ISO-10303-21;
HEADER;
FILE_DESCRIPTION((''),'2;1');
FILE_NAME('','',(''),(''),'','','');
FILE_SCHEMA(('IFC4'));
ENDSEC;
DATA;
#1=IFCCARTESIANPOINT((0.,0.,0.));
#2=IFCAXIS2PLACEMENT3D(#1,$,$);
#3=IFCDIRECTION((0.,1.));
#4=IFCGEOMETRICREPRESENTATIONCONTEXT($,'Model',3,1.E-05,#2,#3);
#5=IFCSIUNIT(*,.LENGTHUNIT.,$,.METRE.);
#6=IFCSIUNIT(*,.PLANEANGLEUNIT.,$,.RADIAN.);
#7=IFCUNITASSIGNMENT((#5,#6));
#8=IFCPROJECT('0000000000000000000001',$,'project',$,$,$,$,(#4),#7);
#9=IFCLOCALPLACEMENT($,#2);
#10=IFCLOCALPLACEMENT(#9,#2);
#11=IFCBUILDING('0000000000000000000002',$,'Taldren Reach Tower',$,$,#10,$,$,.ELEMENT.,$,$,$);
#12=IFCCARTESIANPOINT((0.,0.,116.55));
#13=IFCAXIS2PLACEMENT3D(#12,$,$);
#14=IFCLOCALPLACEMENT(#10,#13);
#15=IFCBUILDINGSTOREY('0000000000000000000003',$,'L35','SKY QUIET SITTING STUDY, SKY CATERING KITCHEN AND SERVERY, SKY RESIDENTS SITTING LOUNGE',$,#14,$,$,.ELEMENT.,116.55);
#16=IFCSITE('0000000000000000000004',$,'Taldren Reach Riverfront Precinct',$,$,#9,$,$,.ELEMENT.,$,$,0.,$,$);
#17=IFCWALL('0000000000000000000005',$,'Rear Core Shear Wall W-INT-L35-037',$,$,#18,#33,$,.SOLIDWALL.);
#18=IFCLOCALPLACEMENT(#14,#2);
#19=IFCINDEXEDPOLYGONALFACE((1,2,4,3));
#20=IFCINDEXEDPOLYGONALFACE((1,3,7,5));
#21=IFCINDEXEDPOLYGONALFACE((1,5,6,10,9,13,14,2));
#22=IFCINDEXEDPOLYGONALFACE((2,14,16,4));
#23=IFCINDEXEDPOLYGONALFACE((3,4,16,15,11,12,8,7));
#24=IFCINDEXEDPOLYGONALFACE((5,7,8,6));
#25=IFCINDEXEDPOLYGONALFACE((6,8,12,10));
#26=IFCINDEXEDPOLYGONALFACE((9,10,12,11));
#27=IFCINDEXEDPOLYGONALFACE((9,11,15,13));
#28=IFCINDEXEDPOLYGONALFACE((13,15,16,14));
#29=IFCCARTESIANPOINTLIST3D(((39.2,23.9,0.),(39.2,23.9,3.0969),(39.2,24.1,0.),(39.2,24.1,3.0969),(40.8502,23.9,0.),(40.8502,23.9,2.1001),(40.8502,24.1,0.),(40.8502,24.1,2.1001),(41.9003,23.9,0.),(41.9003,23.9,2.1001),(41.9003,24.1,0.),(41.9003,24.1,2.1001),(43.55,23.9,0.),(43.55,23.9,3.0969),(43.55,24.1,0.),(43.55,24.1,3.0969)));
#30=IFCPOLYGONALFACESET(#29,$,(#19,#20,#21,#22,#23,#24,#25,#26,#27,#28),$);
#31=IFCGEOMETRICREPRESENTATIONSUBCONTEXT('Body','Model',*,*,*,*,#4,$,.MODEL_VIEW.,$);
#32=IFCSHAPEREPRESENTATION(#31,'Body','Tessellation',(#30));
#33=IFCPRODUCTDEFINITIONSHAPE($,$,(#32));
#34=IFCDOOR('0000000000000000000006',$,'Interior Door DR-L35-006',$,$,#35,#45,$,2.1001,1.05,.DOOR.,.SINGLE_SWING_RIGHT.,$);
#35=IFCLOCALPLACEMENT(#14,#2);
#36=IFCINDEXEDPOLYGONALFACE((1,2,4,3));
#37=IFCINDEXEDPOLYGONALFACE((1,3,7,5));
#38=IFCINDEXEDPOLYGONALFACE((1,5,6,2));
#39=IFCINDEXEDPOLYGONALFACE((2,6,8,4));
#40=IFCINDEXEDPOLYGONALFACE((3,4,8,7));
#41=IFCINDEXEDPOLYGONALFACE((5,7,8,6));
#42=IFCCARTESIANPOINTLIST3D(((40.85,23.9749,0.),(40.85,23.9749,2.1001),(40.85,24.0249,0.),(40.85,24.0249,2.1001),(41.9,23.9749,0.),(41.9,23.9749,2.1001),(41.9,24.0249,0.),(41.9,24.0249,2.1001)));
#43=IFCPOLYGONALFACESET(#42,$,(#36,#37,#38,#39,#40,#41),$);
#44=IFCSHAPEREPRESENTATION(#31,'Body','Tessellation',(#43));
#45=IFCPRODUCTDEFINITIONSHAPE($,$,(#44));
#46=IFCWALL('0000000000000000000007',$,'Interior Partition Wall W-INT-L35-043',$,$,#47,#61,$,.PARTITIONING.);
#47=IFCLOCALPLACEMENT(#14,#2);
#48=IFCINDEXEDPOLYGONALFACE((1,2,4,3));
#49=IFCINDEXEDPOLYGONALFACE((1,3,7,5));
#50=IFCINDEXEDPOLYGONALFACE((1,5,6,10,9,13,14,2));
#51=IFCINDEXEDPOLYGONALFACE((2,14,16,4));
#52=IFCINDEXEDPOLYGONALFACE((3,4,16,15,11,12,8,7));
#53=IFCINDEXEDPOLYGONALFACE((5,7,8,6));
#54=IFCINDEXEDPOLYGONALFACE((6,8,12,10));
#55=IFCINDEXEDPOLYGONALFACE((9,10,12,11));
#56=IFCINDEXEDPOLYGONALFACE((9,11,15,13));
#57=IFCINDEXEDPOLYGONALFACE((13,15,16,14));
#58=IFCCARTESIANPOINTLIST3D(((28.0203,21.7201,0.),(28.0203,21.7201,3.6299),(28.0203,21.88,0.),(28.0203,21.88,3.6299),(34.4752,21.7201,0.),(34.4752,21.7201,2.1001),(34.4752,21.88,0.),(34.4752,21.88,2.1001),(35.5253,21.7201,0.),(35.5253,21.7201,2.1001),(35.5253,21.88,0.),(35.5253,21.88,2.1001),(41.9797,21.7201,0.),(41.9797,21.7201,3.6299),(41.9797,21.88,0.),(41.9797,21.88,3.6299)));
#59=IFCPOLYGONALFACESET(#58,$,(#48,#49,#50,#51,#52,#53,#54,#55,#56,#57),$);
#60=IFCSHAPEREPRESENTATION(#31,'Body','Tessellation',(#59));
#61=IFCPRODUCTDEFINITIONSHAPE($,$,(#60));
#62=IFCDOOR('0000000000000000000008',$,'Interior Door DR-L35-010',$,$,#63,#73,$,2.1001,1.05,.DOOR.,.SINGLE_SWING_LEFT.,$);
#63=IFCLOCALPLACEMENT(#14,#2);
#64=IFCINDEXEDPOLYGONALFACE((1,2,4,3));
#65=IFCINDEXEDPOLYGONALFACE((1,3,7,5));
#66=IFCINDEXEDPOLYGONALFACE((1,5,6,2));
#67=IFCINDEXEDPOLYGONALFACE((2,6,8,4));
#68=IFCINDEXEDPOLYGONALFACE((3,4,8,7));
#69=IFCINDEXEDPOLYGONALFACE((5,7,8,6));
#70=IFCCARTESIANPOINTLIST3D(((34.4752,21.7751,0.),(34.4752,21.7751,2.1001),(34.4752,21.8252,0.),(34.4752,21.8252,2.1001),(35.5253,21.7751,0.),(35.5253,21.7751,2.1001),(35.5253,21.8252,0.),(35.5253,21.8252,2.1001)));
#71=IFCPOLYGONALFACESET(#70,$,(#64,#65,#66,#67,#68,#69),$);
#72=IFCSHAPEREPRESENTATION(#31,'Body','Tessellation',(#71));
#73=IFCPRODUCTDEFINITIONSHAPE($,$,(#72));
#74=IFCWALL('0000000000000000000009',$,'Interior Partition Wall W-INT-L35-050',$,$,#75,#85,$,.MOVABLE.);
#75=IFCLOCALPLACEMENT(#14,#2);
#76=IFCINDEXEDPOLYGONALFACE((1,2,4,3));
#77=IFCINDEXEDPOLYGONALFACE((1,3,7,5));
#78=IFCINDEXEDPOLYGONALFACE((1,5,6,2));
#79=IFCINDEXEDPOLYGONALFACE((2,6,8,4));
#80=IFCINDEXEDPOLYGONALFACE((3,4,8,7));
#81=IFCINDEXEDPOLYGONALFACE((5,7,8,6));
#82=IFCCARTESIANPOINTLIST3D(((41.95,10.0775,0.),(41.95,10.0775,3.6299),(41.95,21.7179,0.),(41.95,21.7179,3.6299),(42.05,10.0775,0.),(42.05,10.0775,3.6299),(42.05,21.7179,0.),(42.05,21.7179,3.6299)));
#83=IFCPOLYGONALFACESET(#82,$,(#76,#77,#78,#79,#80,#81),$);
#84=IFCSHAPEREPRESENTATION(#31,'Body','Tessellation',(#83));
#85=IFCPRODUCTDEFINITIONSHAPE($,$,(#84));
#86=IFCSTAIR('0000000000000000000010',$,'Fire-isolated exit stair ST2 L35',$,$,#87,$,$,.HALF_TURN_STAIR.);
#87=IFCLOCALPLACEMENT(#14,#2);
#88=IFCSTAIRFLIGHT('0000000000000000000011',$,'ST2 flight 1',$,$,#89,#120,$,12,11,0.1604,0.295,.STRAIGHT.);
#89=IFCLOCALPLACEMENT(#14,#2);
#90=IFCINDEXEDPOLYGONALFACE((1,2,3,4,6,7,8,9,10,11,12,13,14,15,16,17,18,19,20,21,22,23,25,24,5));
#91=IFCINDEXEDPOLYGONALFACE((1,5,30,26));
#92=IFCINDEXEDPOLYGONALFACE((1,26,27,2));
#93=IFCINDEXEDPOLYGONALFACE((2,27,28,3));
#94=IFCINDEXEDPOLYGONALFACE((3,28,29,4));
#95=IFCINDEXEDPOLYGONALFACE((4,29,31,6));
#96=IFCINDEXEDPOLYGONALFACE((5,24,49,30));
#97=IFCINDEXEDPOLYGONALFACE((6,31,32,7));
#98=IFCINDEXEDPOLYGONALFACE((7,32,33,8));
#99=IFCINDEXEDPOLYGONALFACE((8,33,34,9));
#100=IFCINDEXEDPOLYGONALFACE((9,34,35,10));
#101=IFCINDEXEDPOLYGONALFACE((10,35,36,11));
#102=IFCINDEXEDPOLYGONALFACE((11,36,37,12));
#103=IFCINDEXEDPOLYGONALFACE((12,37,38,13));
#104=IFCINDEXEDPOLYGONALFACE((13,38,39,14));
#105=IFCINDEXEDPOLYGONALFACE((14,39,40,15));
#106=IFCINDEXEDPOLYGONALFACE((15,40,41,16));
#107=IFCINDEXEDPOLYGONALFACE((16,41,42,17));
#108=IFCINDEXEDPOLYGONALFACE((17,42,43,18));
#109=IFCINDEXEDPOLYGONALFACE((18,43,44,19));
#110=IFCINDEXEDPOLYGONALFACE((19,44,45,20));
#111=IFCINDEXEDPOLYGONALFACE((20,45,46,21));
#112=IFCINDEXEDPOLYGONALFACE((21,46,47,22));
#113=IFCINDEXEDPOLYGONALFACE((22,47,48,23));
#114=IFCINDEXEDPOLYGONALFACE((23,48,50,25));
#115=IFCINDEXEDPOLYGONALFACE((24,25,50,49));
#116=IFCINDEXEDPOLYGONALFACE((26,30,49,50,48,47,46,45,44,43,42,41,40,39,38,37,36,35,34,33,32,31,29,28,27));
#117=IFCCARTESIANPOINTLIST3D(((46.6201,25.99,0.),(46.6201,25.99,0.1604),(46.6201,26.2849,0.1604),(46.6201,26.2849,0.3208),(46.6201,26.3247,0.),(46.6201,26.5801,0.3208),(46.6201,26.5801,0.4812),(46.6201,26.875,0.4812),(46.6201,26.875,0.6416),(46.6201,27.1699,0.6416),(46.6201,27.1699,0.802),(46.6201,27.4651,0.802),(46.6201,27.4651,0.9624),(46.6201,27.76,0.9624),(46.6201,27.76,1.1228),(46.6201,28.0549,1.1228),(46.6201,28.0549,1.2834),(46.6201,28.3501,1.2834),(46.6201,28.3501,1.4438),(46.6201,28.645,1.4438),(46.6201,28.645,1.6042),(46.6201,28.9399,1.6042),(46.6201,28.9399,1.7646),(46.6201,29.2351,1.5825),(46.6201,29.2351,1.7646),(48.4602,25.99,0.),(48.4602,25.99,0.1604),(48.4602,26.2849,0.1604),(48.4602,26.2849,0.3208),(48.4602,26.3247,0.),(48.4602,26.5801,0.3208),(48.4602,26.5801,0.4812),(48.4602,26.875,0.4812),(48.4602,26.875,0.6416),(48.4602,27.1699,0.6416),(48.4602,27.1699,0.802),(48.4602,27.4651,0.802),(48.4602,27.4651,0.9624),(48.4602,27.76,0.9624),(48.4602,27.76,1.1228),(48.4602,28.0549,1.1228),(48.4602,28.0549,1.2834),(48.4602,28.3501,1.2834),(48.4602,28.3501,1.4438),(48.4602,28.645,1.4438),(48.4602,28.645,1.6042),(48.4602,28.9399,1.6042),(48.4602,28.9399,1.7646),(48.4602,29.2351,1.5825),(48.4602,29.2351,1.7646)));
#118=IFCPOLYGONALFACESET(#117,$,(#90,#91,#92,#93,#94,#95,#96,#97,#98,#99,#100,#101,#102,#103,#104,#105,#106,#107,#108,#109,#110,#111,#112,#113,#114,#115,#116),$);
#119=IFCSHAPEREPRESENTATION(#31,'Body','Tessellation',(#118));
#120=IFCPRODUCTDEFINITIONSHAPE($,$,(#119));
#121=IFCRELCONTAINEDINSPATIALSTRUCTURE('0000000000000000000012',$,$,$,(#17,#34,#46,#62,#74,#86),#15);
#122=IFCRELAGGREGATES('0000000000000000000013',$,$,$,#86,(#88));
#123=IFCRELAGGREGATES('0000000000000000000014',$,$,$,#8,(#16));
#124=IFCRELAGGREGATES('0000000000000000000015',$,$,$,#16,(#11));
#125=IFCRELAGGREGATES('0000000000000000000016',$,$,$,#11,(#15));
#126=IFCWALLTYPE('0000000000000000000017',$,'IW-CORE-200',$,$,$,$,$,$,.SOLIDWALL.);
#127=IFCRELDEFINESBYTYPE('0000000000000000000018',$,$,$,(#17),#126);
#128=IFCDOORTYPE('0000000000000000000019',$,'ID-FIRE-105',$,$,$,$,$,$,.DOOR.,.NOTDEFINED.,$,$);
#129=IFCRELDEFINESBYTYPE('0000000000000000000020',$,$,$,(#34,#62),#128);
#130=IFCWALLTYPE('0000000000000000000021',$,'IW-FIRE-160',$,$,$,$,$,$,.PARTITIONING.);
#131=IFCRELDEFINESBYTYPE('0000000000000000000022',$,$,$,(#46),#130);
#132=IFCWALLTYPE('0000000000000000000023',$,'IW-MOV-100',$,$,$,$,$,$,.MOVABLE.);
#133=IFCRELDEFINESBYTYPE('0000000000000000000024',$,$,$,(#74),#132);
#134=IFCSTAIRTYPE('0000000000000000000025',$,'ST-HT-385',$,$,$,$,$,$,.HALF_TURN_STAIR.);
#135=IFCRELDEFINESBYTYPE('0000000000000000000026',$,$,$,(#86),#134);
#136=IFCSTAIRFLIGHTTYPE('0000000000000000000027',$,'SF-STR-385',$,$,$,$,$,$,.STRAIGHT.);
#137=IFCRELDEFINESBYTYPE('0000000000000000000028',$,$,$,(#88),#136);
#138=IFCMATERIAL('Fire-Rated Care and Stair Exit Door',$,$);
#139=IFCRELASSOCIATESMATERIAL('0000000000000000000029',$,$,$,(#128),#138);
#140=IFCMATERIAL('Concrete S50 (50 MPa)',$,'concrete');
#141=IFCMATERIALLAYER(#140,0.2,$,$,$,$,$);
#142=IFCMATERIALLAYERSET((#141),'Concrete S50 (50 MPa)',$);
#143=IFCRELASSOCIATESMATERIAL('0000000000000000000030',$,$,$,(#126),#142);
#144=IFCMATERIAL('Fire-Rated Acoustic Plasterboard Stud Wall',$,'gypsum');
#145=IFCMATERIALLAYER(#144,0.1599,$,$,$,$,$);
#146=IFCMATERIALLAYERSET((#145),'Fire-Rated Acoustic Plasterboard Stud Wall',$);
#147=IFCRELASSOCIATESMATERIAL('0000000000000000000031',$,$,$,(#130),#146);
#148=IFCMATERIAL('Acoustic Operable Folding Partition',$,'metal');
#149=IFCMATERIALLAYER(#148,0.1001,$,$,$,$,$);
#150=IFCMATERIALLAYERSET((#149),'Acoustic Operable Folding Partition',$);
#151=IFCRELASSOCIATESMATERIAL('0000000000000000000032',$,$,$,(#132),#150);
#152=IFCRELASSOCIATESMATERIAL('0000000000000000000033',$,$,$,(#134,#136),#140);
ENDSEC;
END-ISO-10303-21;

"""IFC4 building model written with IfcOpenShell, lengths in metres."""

from ifc_helpers import new_model, si_unit, direction, frame, frame_2d, origin, place, context, subcontext, project, spatial, polyline, rectangle, outline, extrude, source, transform, mapped, material, layer, layer_set, type_object, element, fill, aggregate, save


model = new_model("IFC4")

# Units and contexts
model_context = context("Model", 3, precision=1e-05, world=origin(), true_north=direction((0.0, 1.0)))
body_context = subcontext(model_context, "Body", "Model", "MODEL_VIEW")
ifc_project = project(units=[si_unit("LENGTHUNIT", "METRE"), si_unit("PLANEANGLEUNIT", "RADIAN")], contexts=[model_context])

# Site, building, storey
site_placement = place(None, origin())
site = spatial("IfcSite", under=ifc_project, at=site_placement, Name="Taldren Reach Riverfront Precinct", CompositionType="ELEMENT", RefElevation=0.0)
building_placement = place(site_placement, origin())
building = spatial("IfcBuilding", under=site, at=building_placement, Name="Taldren Reach Tower", CompositionType="ELEMENT")
storey_placement = place(building_placement, frame((0.0, 0.0, 116.55)))
storey = spatial("IfcBuildingStorey", under=building, at=storey_placement, Name="L35", Description="SKY QUIET SITTING STUDY, SKY CATERING KITCHEN AND SERVERY, SKY RESIDENTS SITTING LOUNGE", CompositionType="ELEMENT", Elevation=116.55)

# Shared definitions
ifc_material_1 = material(Name="Fire-Rated Care and Stair Exit Door")
door_type_1 = type_object("IfcDoorType", Name="ID-FIRE-105", OperationType="NOTDEFINED", PredefinedType="DOOR", material=ifc_material_1)
shared_shape_1 = source(origin(), body_context, "Body", "SweptSolid", [
    extrude(rectangle(XDim=1.05, YDim=2.1001, at=frame_2d((0.5249, 1.05))), frame((0.0, 0.0249, 0.0), z_axis=(0.0, -1.0, 0.0), x_axis=(1.0, 0.0, 0.0)), (0.0, 0.0, 1.0), 0.05),
])

# Shared definitions
ifc_material_2 = material(Name="Concrete S50 (50 MPa)", Category="concrete")
ifc_layer_1 = layer(ifc_material_2, 0.2)
ifc_layer_set_1 = layer_set([ifc_layer_1], Name="Concrete S50 (50 MPa)")
wall_type_1 = type_object("IfcWallType", Name="IW-CORE-200", PredefinedType="SOLIDWALL", material=ifc_layer_set_1)

# Walls, openings, doors
shared_shape_2 = source(origin(), body_context, "Body", "SweptSolid", [
    extrude(rectangle(XDim=1.05, YDim=2.1001, at=frame_2d((0.5249, 1.05))), frame((0.0, 0.1099, 0.0), z_axis=(0.0, -1.0, 0.0), x_axis=(1.0, 0.0, 0.0)), (0.0, 0.0, 1.0), 0.22),
])
shared_shape_3 = source(origin(), body_context, "Body", "SweptSolid", [
    extrude(rectangle(XDim=4.3501, YDim=0.2, at=frame_2d((2.175, 0.0))), origin(), (0.0, 0.0, 1.0), 3.0969),
])
wall_1_placement = place(storey_placement, frame((43.55, 24.0, 0.0), z_axis=(0.0, 0.0, 1.0), x_axis=(-1.0, 0.0, 0.0)))
wall_1 = element("IfcWall", 1, at=wall_1_placement, inside=storey, type_object=wall_type_1, Name="Rear Core Shear Wall W-INT-L35-037", PredefinedType="SOLIDWALL", context=body_context, shape_type="MappedRepresentation", body=[
    mapped(shared_shape_3, transform((0.0, 0.0, 0.0), scale=1.0)),
])
opening_1_placement = place(wall_1_placement, frame((1.6499, 0.0, 0.0)))
opening_1 = element("IfcOpeningElement", 2, at=opening_1_placement, cuts=wall_1, PredefinedType="OPENING", context=body_context, shape_type="MappedRepresentation", body=[
    mapped(shared_shape_2, transform((0.0, 0.0, 0.0), scale=1.0)),
])
door_1_placement = place(opening_1_placement, frame((1.05, 0.0, 0.0), z_axis=(0.0, 0.0, 1.0), x_axis=(-1.0, 0.0, 0.0)))
door_1 = element("IfcDoor", 3, at=door_1_placement, inside=storey, type_object=door_type_1, Name="Interior Door DR-L35-006", OperationType="SINGLE_SWING_RIGHT", OverallHeight=2.1001, OverallWidth=1.05, PredefinedType="DOOR", context=body_context, shape_type="MappedRepresentation", body=[
    mapped(shared_shape_1, transform((0.0, 0.0, 0.0), scale=1.0)),
])
fill(opening_1, door_1)
ifc_material_3 = material(Name="Fire-Rated Acoustic Plasterboard Stud Wall", Category="gypsum")
ifc_layer_2 = layer(ifc_material_3, 0.1599)
ifc_layer_set_2 = layer_set([ifc_layer_2], Name="Fire-Rated Acoustic Plasterboard Stud Wall")
wall_type_2 = type_object("IfcWallType", Name="IW-FIRE-160", PredefinedType="PARTITIONING", material=ifc_layer_set_2)
shared_shape_4 = source(origin(), body_context, "Body", "SweptSolid", [
    extrude(rectangle(XDim=13.9595, YDim=0.1599, at=frame_2d((6.9797, 0.0))), origin(), (0.0, 0.0, 1.0), 3.6299),
])
wall_2_placement = place(storey_placement, frame((41.9797, 21.8, 0.0), z_axis=(0.0, 0.0, 1.0), x_axis=(-1.0, 0.0, 0.0)))
wall_2 = element("IfcWall", 4, at=wall_2_placement, inside=storey, type_object=wall_type_2, Name="Interior Partition Wall W-INT-L35-043", PredefinedType="PARTITIONING", context=body_context, shape_type="MappedRepresentation", body=[
    mapped(shared_shape_4, transform((0.0, 0.0, 0.0), scale=1.0)),
])
shared_shape_5 = source(origin(), body_context, "Body", "SweptSolid", [
    extrude(rectangle(XDim=1.05, YDim=2.1001, at=frame_2d((0.5249, 1.05))), frame((0.0, 0.0898, 0.0), z_axis=(0.0, -1.0, 0.0), x_axis=(1.0, 0.0, 0.0)), (0.0, 0.0, 1.0), 0.1799),
])
opening_2_placement = place(wall_2_placement, frame((6.4546, 0.0, 0.0)))
opening_2 = element("IfcOpeningElement", 5, at=opening_2_placement, cuts=wall_2, PredefinedType="OPENING", context=body_context, shape_type="MappedRepresentation", body=[
    mapped(shared_shape_5, transform((0.0, 0.0, 0.0), scale=1.0)),
])
door_2_placement = place(opening_2_placement, origin())
door_2 = element("IfcDoor", 6, at=door_2_placement, inside=storey, type_object=door_type_1, Name="Interior Door DR-L35-010", OperationType="SINGLE_SWING_LEFT", OverallHeight=2.1001, OverallWidth=1.05, PredefinedType="DOOR", context=body_context, shape_type="MappedRepresentation", body=[
    mapped(shared_shape_1, transform((0.0, 0.0, 0.0), scale=1.0)),
])
fill(opening_2, door_2)

# Wall
ifc_material_4 = material(Name="Acoustic Operable Folding Partition", Category="metal")
ifc_layer_3 = layer(ifc_material_4, 0.1001)
ifc_layer_set_3 = layer_set([ifc_layer_3], Name="Acoustic Operable Folding Partition")
wall_type_3 = type_object("IfcWallType", Name="IW-MOV-100", PredefinedType="MOVABLE", material=ifc_layer_set_3)
shared_shape_6 = source(origin(), body_context, "Body", "SweptSolid", [
    extrude(rectangle(XDim=11.6404, YDim=0.1001, at=frame_2d((5.8203, 0.0))), origin(), (0.0, 0.0, 1.0), 3.6299),
])
wall_3_placement = place(storey_placement, frame((42.0, 21.718, 0.0), z_axis=(0.0, 0.0, 1.0), x_axis=(0.0, -1.0, 0.0)))
element("IfcWall", 7, at=wall_3_placement, inside=storey, type_object=wall_type_3, Name="Interior Partition Wall W-INT-L35-050", PredefinedType="MOVABLE", context=body_context, shape_type="MappedRepresentation", body=[
    mapped(shared_shape_6, transform((0.0, 0.0, 0.0), scale=1.0)),
])

# Stair, stair flight
stair_type = type_object("IfcStairType", Name="ST-HT-385", PredefinedType="HALF_TURN_STAIR", material=ifc_material_2)
stair_placement = place(storey_placement, origin())
stair = element("IfcStair", 8, at=stair_placement, inside=storey, type_object=stair_type, Name="Fire-isolated exit stair ST2 L35", PredefinedType="HALF_TURN_STAIR")
stair_flight_type = type_object("IfcStairFlightType", Name="SF-STR-385", PredefinedType="STRAIGHT", material=ifc_material_2)
stair_flight_placement = place(storey_placement, frame((47.54, 25.99, 0.0), z_axis=(0.0, 0.0, 1.0), x_axis=(0.0, 1.0, 0.0)))
stair_flight = element("IfcStairFlight", 9, at=stair_flight_placement, type_object=stair_flight_type, Name="ST2 flight 1", NumberOfRisers=12, NumberOfTreads=11, PredefinedType="STRAIGHT", RiserHeight=0.1604, TreadLength=0.295, context=body_context, shape_type="SweptSolid", body=[
    extrude(outline(polyline([(0.0, 0.0), (0.0, 0.1604), (0.2949, 0.1604), (0.2949, 0.3208), (0.5901, 0.3208), (0.5901, 0.4812), (0.885, 0.4812), (0.885, 0.6416), (1.1799, 0.6416), (1.1799, 0.802), (1.4751, 0.802), (1.4751, 0.9624), (1.77, 0.9624), (1.77, 1.1228), (2.0649, 1.1228), (2.0649, 1.2834), (2.3601, 1.2834), (2.3601, 1.4438), (2.655, 1.4438), (2.655, 1.6042), (2.95, 1.6042), (2.95, 1.7646), (3.2451, 1.7646), (3.2451, 1.925), (3.2451, 1.5825), (0.3347, 0.0), (0.0, 0.0)])), frame((0.0, 0.9199, 0.0), z_axis=(0.0, -1.0, 0.0), x_axis=(1.0, 0.0, 0.0)), (0.0, 0.0, 1.0), 1.8401),
])
aggregate(stair, [stair_flight])

save(model, "model.ifc")
